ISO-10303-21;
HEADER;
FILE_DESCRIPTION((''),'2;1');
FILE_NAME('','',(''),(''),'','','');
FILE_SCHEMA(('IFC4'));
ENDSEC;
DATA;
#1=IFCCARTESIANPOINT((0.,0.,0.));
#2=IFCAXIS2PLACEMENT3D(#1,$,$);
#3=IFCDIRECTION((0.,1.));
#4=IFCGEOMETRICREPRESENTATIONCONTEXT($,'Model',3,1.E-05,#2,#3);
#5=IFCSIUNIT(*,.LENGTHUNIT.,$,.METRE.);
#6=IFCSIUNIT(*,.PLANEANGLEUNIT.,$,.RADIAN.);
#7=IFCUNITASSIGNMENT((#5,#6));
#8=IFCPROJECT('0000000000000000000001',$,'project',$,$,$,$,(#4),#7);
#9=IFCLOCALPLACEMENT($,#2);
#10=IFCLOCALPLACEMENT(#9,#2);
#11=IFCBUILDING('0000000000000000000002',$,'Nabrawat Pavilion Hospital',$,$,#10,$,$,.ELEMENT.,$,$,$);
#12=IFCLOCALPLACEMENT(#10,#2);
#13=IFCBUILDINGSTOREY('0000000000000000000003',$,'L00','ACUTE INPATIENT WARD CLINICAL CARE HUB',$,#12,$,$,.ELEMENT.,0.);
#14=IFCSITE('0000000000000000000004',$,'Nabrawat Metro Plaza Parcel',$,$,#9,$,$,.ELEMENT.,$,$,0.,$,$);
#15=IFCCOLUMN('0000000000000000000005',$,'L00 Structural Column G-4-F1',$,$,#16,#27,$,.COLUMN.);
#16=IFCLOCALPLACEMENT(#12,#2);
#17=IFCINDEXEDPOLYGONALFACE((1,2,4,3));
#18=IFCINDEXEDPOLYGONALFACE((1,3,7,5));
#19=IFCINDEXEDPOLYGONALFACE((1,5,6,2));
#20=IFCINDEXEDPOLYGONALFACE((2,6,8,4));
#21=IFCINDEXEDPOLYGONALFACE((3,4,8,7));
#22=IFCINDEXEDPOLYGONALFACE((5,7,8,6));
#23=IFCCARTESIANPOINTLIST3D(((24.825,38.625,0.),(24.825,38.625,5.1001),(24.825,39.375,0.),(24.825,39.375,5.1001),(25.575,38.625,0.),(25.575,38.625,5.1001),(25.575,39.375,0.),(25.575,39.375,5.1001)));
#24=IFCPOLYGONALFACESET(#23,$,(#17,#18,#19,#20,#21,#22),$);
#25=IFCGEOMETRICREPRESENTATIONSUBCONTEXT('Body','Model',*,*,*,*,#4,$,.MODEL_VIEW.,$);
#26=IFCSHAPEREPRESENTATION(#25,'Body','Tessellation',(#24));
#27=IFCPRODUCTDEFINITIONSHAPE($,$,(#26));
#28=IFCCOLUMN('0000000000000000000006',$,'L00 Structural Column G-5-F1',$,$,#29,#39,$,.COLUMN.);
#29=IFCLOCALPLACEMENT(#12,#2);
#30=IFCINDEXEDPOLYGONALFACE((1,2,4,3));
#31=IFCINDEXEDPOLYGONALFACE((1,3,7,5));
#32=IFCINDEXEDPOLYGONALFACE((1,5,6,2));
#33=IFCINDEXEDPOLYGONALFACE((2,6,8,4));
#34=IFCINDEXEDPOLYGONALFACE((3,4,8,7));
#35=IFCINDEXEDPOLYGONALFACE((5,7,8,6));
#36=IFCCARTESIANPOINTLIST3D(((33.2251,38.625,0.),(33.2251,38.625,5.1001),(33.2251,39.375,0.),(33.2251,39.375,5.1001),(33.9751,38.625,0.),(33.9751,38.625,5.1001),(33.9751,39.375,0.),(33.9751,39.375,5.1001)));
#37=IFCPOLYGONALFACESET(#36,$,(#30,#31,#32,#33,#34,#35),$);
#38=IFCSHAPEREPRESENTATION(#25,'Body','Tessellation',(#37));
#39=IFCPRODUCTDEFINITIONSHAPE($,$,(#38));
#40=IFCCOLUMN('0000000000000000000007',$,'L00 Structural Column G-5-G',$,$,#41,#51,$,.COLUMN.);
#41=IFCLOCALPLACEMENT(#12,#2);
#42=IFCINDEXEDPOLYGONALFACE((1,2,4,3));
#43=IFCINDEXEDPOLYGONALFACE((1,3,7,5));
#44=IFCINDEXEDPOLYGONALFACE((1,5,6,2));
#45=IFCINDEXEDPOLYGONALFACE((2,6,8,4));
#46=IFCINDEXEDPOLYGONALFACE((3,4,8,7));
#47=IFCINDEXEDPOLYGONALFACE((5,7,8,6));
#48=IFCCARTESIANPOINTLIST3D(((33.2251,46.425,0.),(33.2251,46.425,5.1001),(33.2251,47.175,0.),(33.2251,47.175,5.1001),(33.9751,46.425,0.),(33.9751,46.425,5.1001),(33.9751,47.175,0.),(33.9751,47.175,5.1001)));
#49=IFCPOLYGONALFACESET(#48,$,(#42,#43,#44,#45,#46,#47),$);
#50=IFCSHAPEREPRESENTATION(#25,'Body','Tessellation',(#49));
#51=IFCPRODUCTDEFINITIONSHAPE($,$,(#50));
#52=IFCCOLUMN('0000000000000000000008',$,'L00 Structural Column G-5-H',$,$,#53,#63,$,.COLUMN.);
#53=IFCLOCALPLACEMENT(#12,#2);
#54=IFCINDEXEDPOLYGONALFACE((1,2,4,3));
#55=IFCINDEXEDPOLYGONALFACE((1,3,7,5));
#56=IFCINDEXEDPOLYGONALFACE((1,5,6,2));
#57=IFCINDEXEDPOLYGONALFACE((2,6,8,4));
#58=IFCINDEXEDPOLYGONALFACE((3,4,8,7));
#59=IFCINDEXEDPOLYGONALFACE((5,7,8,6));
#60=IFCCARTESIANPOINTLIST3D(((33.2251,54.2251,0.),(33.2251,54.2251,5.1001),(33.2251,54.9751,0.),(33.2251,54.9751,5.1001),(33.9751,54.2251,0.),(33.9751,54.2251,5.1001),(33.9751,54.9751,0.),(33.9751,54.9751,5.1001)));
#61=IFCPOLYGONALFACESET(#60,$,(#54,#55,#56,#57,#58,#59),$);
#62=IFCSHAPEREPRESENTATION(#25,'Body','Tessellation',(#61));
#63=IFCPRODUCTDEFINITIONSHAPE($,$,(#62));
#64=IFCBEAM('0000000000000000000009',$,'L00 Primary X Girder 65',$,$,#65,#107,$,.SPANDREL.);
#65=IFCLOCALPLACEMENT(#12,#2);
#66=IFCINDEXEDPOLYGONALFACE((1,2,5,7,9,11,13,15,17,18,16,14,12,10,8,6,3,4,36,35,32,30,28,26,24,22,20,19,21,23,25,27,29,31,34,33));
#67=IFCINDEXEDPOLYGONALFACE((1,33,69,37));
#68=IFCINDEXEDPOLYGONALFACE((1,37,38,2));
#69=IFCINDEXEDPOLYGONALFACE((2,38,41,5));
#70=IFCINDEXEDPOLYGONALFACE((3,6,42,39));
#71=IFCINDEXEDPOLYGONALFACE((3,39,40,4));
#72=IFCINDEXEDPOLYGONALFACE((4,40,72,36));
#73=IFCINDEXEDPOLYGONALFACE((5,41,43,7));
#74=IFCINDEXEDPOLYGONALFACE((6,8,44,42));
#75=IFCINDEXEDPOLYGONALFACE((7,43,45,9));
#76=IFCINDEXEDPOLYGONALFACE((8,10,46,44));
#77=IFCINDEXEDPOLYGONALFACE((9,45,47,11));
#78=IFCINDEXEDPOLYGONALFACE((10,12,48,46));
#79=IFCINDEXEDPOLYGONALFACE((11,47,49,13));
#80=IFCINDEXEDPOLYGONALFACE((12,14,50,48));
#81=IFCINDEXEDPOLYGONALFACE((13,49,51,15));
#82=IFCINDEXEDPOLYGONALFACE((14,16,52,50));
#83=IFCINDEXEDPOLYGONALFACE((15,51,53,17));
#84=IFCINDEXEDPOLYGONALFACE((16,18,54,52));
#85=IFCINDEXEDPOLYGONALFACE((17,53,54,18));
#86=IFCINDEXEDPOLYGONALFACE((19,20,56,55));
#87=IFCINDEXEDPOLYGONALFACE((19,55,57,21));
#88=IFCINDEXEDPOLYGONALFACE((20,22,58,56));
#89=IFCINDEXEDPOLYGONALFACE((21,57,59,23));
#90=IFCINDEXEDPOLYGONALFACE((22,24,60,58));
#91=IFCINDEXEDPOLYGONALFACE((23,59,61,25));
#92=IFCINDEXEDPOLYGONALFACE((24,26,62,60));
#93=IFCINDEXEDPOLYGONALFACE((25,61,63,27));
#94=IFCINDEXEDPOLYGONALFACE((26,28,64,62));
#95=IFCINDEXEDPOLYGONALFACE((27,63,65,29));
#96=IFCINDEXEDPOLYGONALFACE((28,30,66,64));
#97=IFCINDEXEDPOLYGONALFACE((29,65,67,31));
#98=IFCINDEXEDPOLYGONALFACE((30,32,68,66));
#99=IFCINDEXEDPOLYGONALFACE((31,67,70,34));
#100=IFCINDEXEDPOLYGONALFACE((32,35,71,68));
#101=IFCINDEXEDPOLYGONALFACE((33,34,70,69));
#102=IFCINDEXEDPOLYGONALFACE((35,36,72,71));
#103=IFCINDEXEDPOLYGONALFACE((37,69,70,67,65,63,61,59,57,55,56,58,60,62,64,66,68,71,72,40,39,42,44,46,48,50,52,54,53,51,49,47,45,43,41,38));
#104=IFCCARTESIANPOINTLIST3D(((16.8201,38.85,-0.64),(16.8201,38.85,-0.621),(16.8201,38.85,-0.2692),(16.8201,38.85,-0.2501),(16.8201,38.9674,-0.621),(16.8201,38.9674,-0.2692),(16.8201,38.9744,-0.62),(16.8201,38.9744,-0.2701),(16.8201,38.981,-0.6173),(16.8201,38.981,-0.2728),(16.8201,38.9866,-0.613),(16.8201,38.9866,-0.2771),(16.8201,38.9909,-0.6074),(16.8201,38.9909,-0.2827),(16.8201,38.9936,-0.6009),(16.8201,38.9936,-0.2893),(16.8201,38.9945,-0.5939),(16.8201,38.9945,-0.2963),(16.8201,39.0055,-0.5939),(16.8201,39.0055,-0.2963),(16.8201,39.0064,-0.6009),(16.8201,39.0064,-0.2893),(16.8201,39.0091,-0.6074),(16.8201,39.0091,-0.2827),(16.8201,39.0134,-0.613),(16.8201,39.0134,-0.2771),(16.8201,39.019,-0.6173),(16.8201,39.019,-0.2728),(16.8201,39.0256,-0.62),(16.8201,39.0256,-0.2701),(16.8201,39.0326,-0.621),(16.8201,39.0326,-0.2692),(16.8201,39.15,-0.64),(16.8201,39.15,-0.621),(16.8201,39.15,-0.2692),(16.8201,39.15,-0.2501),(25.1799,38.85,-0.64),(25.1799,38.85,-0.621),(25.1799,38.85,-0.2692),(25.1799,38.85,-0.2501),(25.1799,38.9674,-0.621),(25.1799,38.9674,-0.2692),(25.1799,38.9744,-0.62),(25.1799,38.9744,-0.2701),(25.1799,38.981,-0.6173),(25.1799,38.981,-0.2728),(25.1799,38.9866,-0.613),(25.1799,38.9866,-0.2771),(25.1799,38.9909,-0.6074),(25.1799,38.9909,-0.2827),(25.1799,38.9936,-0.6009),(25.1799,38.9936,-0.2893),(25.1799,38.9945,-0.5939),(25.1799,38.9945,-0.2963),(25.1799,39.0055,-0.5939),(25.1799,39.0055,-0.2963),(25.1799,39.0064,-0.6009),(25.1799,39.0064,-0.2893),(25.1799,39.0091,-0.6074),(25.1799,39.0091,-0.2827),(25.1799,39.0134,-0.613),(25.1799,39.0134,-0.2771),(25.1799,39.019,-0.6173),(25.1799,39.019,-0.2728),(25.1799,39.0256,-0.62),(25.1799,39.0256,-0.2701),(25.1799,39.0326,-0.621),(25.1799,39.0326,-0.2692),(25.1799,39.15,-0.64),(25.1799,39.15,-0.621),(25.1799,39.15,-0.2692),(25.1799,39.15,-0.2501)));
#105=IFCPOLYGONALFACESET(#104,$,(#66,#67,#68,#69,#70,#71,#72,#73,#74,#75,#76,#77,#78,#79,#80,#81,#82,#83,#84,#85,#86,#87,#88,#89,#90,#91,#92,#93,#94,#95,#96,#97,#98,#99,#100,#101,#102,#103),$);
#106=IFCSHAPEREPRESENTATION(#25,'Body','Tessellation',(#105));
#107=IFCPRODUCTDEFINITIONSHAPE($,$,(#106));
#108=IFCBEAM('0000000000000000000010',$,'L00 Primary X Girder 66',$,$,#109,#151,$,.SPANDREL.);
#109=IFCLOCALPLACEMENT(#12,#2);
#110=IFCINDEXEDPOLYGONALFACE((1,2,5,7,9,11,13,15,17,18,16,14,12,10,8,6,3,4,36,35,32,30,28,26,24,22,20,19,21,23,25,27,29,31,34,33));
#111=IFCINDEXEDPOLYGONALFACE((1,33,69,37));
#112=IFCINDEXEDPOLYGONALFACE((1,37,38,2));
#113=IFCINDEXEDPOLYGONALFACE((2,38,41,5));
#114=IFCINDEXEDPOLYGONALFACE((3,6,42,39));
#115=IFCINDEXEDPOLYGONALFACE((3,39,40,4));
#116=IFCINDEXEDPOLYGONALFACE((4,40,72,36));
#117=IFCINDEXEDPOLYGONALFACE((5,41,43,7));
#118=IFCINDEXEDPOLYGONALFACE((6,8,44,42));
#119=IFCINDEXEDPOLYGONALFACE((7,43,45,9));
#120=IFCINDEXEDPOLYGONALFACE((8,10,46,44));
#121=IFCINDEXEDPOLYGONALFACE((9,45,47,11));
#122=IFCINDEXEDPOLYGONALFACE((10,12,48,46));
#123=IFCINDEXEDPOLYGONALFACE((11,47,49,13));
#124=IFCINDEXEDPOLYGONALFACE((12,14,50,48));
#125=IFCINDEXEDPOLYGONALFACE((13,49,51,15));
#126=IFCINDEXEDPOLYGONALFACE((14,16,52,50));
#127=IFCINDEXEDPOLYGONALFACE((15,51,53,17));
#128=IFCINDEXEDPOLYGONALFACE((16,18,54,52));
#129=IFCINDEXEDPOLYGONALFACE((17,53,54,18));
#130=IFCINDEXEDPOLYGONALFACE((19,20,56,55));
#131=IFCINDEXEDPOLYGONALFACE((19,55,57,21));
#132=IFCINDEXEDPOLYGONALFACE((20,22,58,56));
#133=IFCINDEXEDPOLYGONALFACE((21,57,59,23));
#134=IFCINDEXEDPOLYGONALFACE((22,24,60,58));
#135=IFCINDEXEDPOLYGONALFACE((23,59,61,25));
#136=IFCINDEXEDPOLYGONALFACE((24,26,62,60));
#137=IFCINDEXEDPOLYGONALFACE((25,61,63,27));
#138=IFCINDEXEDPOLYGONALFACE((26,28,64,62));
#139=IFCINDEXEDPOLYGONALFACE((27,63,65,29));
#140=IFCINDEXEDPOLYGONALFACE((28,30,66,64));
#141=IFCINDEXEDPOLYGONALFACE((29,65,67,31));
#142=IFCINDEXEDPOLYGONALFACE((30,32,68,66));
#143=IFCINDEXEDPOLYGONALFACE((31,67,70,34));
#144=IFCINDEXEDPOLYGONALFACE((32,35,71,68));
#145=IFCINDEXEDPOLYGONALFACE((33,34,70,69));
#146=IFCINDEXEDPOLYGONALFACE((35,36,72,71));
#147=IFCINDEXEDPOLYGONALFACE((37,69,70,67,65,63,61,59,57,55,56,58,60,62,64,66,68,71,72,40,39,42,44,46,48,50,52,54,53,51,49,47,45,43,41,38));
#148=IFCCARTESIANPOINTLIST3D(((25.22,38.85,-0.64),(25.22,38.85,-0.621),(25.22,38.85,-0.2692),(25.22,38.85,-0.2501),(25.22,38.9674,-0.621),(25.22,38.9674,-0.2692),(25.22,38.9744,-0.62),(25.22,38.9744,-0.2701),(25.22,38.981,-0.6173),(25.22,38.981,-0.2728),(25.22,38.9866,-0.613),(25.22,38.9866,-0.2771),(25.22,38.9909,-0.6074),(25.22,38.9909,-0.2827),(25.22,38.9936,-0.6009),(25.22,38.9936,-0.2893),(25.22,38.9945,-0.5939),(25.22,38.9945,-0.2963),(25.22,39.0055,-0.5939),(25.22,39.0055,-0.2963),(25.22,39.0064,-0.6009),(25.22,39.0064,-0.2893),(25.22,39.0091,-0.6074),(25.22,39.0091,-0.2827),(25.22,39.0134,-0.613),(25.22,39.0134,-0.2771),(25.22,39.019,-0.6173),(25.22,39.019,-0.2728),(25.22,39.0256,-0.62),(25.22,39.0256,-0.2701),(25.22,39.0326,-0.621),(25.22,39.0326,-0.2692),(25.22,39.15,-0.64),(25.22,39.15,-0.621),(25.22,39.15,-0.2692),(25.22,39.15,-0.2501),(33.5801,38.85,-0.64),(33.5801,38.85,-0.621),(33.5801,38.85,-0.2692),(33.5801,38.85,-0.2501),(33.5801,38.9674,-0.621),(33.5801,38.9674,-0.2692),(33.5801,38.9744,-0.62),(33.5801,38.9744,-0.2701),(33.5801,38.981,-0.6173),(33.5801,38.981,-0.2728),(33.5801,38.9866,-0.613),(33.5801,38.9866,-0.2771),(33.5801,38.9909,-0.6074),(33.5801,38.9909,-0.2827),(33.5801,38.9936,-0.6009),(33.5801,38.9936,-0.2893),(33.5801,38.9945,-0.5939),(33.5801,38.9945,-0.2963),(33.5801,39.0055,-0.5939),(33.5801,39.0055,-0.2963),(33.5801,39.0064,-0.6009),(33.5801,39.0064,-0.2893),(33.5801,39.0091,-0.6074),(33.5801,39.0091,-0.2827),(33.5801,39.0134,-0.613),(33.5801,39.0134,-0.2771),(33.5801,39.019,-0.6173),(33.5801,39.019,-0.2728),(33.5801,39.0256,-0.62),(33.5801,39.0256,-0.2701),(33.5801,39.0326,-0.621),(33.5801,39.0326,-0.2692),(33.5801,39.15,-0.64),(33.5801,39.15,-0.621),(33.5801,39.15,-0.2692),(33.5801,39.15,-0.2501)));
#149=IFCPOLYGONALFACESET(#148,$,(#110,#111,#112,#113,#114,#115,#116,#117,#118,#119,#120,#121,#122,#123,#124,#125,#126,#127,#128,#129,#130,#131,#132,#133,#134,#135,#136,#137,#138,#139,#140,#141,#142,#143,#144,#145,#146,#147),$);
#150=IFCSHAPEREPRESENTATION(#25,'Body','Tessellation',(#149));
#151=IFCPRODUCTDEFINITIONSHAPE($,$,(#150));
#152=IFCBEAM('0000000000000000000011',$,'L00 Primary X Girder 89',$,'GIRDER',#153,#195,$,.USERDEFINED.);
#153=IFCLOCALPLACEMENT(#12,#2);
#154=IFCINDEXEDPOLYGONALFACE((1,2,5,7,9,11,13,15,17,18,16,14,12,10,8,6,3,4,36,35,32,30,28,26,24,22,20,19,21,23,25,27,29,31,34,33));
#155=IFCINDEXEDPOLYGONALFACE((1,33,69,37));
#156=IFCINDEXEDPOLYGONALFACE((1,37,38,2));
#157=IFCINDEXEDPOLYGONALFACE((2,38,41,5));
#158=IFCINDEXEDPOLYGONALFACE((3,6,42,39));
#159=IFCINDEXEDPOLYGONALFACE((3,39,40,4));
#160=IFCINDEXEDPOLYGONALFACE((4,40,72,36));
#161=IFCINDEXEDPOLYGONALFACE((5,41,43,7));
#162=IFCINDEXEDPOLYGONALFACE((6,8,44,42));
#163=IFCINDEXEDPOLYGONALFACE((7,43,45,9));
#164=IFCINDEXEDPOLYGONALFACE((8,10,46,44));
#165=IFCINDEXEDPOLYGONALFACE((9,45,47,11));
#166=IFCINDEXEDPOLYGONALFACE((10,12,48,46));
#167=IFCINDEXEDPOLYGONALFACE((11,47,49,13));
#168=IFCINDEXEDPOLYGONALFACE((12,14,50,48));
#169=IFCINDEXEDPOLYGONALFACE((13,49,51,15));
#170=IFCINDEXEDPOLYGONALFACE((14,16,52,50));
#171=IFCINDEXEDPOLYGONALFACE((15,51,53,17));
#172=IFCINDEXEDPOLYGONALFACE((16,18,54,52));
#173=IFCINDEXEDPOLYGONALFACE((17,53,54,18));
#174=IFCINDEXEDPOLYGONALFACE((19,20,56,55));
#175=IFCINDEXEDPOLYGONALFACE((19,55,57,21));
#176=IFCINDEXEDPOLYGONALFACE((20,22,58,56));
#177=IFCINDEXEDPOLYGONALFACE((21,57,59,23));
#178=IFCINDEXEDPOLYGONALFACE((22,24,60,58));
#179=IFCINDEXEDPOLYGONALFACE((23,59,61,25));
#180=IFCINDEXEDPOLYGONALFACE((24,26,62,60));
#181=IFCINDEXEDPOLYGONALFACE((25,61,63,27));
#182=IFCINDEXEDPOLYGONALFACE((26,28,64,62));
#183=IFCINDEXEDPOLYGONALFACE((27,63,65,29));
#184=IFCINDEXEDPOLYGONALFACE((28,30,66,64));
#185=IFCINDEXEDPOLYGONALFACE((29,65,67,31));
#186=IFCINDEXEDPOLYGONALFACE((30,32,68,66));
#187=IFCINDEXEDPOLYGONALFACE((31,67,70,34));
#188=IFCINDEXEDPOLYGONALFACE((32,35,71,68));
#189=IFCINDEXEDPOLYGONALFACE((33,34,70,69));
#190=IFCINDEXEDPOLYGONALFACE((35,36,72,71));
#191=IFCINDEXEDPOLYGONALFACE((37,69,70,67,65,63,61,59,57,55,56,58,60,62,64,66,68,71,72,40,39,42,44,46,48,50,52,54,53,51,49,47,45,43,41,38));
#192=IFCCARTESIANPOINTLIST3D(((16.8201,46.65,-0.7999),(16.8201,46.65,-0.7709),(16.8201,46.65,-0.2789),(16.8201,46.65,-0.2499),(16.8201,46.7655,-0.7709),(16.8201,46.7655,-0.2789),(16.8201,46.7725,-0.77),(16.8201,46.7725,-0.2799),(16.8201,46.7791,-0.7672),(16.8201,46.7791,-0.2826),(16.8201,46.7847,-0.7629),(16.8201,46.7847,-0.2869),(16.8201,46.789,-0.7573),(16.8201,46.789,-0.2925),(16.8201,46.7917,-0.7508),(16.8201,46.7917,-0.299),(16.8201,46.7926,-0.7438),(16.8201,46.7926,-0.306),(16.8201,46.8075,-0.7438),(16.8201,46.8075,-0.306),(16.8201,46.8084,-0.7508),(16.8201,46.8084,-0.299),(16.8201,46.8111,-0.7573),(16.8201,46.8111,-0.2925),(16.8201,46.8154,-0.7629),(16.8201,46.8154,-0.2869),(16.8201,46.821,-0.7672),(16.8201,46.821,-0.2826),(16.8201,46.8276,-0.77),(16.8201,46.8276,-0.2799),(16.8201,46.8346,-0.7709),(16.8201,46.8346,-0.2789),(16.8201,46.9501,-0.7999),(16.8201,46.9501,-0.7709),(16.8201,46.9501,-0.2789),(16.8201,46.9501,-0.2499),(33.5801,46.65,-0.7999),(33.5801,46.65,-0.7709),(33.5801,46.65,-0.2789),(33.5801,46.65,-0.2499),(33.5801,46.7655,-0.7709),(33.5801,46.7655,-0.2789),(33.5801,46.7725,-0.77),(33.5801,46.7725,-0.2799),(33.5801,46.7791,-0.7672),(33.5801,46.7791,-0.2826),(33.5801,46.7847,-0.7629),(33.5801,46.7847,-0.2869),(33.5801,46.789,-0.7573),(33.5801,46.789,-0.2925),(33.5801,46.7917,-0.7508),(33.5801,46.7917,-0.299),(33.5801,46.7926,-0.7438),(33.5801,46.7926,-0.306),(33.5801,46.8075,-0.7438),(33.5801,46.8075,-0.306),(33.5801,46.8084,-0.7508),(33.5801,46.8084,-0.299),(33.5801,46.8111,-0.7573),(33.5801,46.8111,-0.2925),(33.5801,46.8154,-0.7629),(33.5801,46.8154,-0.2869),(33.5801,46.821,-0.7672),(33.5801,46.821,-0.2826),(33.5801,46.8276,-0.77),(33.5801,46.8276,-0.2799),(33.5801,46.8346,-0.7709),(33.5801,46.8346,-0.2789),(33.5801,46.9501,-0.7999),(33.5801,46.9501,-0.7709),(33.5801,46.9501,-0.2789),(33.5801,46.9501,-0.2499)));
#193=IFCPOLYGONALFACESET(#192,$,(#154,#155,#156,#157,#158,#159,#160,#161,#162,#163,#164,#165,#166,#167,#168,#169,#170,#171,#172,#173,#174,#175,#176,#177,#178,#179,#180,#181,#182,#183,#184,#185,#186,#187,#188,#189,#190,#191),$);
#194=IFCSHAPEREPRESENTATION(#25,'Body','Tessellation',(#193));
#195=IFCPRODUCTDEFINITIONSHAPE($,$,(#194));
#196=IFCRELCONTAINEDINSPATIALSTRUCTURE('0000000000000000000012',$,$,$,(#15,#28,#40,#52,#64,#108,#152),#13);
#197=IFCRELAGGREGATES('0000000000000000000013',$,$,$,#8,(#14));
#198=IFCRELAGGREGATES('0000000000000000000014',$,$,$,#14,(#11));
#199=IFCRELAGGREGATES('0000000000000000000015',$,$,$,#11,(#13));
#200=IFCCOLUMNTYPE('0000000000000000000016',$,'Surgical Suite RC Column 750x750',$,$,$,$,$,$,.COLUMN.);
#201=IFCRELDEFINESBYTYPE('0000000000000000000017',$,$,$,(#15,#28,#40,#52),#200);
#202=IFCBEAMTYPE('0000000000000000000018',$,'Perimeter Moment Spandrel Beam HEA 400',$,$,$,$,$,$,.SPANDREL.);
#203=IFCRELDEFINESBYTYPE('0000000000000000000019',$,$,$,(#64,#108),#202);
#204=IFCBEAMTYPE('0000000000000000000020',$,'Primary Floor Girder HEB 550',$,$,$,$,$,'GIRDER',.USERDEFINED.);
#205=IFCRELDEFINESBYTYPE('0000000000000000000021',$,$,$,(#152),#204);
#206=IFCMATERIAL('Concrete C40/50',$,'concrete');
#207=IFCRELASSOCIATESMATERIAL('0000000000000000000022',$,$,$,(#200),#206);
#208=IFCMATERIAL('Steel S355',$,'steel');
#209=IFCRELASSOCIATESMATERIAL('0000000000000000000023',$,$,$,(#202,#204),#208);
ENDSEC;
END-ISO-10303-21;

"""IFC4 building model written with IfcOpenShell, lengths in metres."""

from ifc_helpers import new_model, si_unit, direction, frame, origin, origin_2d, place, context, subcontext, project, spatial, rectangle, i_section, extrude, material, material_profile, profile_set, type_object, element, save


model = new_model("IFC4")

# Units and contexts
model_context = context("Model", 3, precision=1e-05, world=origin(), true_north=direction((0.0, 1.0)))
body_context = subcontext(model_context, "Body", "Model", "MODEL_VIEW")
ifc_project = project(units=[si_unit("LENGTHUNIT", "METRE"), si_unit("PLANEANGLEUNIT", "RADIAN")], contexts=[model_context])

# Site, building, storey
site_placement = place(None, origin())
site = spatial("IfcSite", under=ifc_project, at=site_placement, Name="Nabrawat Metro Plaza Parcel", CompositionType="ELEMENT", RefElevation=0.0)
building_placement = place(site_placement, origin())
building = spatial("IfcBuilding", under=site, at=building_placement, Name="Nabrawat Pavilion Hospital", CompositionType="ELEMENT")
storey_placement = place(building_placement, origin())
storey = spatial("IfcBuildingStorey", under=building, at=storey_placement, Name="L00", Description="ACUTE INPATIENT WARD CLINICAL CARE HUB", CompositionType="ELEMENT", Elevation=0.0)

# Columns
ifc_material_1 = material(Name="Concrete C40/50", Category="concrete")
ifc_material_profile_1 = material_profile(ifc_material_1, rectangle(XDim=0.75, YDim=0.75, at=origin_2d()), Name="RC 750x750")
ifc_profile_set_1 = profile_set([ifc_material_profile_1], Name="Concrete C40/50")
column_type = type_object("IfcColumnType", Name="Surgical Suite RC Column 750x750", PredefinedType="COLUMN", material=ifc_profile_set_1)
for number, where, z_axis, x_axis, name in (
    (1, (25.2, 39.0, 0.0), (0.0, 0.0, 1.0), (1.0, 0.0, 0.0), "L00 Structural Column G-4-F1"),
    (2, (33.6001, 39.0, 0.0), (0.0, 0.0, 1.0), (1.0, 0.0, 0.0), "L00 Structural Column G-5-F1"),
    (3, (33.6001, 46.8, 0.0), (0.0, 0.0, 1.0), (1.0, 0.0, 0.0), "L00 Structural Column G-5-G"),
    (4, (33.6001, 54.6001, 0.0), (0.0, 0.0, 1.0), (1.0, 0.0, 0.0), "L00 Structural Column G-5-H"),
):
    element("IfcColumn", number, at=place(storey_placement, frame(where, z_axis=z_axis, x_axis=x_axis)), inside=storey, type_object=column_type, Name=name, PredefinedType="COLUMN", context=body_context, shape_type="SweptSolid", body=[
        extrude(rectangle(XDim=0.75, YDim=0.75, at=origin_2d()), origin(), (0.0, 0.0, 1.0), 5.1001),
    ])

# Beams
ifc_material_2 = material(Name="Steel S355", Category="steel")
ifc_material_profile_2 = material_profile(ifc_material_2, i_section(OverallWidth=0.3, OverallDepth=0.3899, WebThickness=0.011, FlangeThickness=0.019, FilletRadius=0.0271, at=origin_2d()), Name="HEA 400")
ifc_profile_set_2 = profile_set([ifc_material_profile_2], Name="Steel S355")
beam_type_1 = type_object("IfcBeamType", Name="Perimeter Moment Spandrel Beam HEA 400", PredefinedType="SPANDREL", material=ifc_profile_set_2)
beam_1_placement = place(storey_placement, frame((16.8201, 39.0, -0.4451), z_axis=(1.0, 0.0, 0.0), x_axis=(0.0, 1.0, 0.0)))
element("IfcBeam", 5, at=beam_1_placement, inside=storey, type_object=beam_type_1, Name="L00 Primary X Girder 65", PredefinedType="SPANDREL", context=body_context, shape_type="SweptSolid", body=[
    extrude(i_section(OverallWidth=0.3, OverallDepth=0.3899, WebThickness=0.011, FlangeThickness=0.019, FilletRadius=0.0271, at=origin_2d()), origin(), (0.0, 0.0, 1.0), 8.3599),
])
beam_2_placement = place(storey_placement, frame((25.22, 39.0, -0.4451), z_axis=(1.0, 0.0, 0.0), x_axis=(0.0, 1.0, 0.0)))
element("IfcBeam", 6, at=beam_2_placement, inside=storey, type_object=beam_type_1, Name="L00 Primary X Girder 66", PredefinedType="SPANDREL", context=body_context, shape_type="SweptSolid", body=[
    extrude(i_section(OverallWidth=0.3, OverallDepth=0.3899, WebThickness=0.011, FlangeThickness=0.019, FilletRadius=0.0271, at=origin_2d()), origin(), (0.0, 0.0, 1.0), 8.3601),
])
ifc_material_profile_3 = material_profile(ifc_material_2, i_section(OverallWidth=0.3, OverallDepth=0.55, WebThickness=0.0149, FlangeThickness=0.0291, FilletRadius=0.0271, at=origin_2d()), Name="HEB 550")
ifc_profile_set_3 = profile_set([ifc_material_profile_3], Name="Steel S355")
beam_type_2 = type_object("IfcBeamType", Name="Primary Floor Girder HEB 550", ElementType="GIRDER", PredefinedType="USERDEFINED", material=ifc_profile_set_3)
for number, where, z_axis, x_axis, name in (
    (7, (16.8201, 46.8, -0.5249), (1.0, 0.0, 0.0), (0.0, 1.0, 0.0), "L00 Primary X Girder 89"),
):
    element("IfcBeam", number, at=place(storey_placement, frame(where, z_axis=z_axis, x_axis=x_axis)), inside=storey, type_object=beam_type_2, Name=name, ObjectType="GIRDER", PredefinedType="USERDEFINED", context=body_context, shape_type="SweptSolid", body=[
        extrude(i_section(OverallWidth=0.3, OverallDepth=0.55, WebThickness=0.0149, FlangeThickness=0.0291, FilletRadius=0.0271, at=origin_2d()), origin(), (0.0, 0.0, 1.0), 16.76),
    ])

save(model, "model.ifc")
